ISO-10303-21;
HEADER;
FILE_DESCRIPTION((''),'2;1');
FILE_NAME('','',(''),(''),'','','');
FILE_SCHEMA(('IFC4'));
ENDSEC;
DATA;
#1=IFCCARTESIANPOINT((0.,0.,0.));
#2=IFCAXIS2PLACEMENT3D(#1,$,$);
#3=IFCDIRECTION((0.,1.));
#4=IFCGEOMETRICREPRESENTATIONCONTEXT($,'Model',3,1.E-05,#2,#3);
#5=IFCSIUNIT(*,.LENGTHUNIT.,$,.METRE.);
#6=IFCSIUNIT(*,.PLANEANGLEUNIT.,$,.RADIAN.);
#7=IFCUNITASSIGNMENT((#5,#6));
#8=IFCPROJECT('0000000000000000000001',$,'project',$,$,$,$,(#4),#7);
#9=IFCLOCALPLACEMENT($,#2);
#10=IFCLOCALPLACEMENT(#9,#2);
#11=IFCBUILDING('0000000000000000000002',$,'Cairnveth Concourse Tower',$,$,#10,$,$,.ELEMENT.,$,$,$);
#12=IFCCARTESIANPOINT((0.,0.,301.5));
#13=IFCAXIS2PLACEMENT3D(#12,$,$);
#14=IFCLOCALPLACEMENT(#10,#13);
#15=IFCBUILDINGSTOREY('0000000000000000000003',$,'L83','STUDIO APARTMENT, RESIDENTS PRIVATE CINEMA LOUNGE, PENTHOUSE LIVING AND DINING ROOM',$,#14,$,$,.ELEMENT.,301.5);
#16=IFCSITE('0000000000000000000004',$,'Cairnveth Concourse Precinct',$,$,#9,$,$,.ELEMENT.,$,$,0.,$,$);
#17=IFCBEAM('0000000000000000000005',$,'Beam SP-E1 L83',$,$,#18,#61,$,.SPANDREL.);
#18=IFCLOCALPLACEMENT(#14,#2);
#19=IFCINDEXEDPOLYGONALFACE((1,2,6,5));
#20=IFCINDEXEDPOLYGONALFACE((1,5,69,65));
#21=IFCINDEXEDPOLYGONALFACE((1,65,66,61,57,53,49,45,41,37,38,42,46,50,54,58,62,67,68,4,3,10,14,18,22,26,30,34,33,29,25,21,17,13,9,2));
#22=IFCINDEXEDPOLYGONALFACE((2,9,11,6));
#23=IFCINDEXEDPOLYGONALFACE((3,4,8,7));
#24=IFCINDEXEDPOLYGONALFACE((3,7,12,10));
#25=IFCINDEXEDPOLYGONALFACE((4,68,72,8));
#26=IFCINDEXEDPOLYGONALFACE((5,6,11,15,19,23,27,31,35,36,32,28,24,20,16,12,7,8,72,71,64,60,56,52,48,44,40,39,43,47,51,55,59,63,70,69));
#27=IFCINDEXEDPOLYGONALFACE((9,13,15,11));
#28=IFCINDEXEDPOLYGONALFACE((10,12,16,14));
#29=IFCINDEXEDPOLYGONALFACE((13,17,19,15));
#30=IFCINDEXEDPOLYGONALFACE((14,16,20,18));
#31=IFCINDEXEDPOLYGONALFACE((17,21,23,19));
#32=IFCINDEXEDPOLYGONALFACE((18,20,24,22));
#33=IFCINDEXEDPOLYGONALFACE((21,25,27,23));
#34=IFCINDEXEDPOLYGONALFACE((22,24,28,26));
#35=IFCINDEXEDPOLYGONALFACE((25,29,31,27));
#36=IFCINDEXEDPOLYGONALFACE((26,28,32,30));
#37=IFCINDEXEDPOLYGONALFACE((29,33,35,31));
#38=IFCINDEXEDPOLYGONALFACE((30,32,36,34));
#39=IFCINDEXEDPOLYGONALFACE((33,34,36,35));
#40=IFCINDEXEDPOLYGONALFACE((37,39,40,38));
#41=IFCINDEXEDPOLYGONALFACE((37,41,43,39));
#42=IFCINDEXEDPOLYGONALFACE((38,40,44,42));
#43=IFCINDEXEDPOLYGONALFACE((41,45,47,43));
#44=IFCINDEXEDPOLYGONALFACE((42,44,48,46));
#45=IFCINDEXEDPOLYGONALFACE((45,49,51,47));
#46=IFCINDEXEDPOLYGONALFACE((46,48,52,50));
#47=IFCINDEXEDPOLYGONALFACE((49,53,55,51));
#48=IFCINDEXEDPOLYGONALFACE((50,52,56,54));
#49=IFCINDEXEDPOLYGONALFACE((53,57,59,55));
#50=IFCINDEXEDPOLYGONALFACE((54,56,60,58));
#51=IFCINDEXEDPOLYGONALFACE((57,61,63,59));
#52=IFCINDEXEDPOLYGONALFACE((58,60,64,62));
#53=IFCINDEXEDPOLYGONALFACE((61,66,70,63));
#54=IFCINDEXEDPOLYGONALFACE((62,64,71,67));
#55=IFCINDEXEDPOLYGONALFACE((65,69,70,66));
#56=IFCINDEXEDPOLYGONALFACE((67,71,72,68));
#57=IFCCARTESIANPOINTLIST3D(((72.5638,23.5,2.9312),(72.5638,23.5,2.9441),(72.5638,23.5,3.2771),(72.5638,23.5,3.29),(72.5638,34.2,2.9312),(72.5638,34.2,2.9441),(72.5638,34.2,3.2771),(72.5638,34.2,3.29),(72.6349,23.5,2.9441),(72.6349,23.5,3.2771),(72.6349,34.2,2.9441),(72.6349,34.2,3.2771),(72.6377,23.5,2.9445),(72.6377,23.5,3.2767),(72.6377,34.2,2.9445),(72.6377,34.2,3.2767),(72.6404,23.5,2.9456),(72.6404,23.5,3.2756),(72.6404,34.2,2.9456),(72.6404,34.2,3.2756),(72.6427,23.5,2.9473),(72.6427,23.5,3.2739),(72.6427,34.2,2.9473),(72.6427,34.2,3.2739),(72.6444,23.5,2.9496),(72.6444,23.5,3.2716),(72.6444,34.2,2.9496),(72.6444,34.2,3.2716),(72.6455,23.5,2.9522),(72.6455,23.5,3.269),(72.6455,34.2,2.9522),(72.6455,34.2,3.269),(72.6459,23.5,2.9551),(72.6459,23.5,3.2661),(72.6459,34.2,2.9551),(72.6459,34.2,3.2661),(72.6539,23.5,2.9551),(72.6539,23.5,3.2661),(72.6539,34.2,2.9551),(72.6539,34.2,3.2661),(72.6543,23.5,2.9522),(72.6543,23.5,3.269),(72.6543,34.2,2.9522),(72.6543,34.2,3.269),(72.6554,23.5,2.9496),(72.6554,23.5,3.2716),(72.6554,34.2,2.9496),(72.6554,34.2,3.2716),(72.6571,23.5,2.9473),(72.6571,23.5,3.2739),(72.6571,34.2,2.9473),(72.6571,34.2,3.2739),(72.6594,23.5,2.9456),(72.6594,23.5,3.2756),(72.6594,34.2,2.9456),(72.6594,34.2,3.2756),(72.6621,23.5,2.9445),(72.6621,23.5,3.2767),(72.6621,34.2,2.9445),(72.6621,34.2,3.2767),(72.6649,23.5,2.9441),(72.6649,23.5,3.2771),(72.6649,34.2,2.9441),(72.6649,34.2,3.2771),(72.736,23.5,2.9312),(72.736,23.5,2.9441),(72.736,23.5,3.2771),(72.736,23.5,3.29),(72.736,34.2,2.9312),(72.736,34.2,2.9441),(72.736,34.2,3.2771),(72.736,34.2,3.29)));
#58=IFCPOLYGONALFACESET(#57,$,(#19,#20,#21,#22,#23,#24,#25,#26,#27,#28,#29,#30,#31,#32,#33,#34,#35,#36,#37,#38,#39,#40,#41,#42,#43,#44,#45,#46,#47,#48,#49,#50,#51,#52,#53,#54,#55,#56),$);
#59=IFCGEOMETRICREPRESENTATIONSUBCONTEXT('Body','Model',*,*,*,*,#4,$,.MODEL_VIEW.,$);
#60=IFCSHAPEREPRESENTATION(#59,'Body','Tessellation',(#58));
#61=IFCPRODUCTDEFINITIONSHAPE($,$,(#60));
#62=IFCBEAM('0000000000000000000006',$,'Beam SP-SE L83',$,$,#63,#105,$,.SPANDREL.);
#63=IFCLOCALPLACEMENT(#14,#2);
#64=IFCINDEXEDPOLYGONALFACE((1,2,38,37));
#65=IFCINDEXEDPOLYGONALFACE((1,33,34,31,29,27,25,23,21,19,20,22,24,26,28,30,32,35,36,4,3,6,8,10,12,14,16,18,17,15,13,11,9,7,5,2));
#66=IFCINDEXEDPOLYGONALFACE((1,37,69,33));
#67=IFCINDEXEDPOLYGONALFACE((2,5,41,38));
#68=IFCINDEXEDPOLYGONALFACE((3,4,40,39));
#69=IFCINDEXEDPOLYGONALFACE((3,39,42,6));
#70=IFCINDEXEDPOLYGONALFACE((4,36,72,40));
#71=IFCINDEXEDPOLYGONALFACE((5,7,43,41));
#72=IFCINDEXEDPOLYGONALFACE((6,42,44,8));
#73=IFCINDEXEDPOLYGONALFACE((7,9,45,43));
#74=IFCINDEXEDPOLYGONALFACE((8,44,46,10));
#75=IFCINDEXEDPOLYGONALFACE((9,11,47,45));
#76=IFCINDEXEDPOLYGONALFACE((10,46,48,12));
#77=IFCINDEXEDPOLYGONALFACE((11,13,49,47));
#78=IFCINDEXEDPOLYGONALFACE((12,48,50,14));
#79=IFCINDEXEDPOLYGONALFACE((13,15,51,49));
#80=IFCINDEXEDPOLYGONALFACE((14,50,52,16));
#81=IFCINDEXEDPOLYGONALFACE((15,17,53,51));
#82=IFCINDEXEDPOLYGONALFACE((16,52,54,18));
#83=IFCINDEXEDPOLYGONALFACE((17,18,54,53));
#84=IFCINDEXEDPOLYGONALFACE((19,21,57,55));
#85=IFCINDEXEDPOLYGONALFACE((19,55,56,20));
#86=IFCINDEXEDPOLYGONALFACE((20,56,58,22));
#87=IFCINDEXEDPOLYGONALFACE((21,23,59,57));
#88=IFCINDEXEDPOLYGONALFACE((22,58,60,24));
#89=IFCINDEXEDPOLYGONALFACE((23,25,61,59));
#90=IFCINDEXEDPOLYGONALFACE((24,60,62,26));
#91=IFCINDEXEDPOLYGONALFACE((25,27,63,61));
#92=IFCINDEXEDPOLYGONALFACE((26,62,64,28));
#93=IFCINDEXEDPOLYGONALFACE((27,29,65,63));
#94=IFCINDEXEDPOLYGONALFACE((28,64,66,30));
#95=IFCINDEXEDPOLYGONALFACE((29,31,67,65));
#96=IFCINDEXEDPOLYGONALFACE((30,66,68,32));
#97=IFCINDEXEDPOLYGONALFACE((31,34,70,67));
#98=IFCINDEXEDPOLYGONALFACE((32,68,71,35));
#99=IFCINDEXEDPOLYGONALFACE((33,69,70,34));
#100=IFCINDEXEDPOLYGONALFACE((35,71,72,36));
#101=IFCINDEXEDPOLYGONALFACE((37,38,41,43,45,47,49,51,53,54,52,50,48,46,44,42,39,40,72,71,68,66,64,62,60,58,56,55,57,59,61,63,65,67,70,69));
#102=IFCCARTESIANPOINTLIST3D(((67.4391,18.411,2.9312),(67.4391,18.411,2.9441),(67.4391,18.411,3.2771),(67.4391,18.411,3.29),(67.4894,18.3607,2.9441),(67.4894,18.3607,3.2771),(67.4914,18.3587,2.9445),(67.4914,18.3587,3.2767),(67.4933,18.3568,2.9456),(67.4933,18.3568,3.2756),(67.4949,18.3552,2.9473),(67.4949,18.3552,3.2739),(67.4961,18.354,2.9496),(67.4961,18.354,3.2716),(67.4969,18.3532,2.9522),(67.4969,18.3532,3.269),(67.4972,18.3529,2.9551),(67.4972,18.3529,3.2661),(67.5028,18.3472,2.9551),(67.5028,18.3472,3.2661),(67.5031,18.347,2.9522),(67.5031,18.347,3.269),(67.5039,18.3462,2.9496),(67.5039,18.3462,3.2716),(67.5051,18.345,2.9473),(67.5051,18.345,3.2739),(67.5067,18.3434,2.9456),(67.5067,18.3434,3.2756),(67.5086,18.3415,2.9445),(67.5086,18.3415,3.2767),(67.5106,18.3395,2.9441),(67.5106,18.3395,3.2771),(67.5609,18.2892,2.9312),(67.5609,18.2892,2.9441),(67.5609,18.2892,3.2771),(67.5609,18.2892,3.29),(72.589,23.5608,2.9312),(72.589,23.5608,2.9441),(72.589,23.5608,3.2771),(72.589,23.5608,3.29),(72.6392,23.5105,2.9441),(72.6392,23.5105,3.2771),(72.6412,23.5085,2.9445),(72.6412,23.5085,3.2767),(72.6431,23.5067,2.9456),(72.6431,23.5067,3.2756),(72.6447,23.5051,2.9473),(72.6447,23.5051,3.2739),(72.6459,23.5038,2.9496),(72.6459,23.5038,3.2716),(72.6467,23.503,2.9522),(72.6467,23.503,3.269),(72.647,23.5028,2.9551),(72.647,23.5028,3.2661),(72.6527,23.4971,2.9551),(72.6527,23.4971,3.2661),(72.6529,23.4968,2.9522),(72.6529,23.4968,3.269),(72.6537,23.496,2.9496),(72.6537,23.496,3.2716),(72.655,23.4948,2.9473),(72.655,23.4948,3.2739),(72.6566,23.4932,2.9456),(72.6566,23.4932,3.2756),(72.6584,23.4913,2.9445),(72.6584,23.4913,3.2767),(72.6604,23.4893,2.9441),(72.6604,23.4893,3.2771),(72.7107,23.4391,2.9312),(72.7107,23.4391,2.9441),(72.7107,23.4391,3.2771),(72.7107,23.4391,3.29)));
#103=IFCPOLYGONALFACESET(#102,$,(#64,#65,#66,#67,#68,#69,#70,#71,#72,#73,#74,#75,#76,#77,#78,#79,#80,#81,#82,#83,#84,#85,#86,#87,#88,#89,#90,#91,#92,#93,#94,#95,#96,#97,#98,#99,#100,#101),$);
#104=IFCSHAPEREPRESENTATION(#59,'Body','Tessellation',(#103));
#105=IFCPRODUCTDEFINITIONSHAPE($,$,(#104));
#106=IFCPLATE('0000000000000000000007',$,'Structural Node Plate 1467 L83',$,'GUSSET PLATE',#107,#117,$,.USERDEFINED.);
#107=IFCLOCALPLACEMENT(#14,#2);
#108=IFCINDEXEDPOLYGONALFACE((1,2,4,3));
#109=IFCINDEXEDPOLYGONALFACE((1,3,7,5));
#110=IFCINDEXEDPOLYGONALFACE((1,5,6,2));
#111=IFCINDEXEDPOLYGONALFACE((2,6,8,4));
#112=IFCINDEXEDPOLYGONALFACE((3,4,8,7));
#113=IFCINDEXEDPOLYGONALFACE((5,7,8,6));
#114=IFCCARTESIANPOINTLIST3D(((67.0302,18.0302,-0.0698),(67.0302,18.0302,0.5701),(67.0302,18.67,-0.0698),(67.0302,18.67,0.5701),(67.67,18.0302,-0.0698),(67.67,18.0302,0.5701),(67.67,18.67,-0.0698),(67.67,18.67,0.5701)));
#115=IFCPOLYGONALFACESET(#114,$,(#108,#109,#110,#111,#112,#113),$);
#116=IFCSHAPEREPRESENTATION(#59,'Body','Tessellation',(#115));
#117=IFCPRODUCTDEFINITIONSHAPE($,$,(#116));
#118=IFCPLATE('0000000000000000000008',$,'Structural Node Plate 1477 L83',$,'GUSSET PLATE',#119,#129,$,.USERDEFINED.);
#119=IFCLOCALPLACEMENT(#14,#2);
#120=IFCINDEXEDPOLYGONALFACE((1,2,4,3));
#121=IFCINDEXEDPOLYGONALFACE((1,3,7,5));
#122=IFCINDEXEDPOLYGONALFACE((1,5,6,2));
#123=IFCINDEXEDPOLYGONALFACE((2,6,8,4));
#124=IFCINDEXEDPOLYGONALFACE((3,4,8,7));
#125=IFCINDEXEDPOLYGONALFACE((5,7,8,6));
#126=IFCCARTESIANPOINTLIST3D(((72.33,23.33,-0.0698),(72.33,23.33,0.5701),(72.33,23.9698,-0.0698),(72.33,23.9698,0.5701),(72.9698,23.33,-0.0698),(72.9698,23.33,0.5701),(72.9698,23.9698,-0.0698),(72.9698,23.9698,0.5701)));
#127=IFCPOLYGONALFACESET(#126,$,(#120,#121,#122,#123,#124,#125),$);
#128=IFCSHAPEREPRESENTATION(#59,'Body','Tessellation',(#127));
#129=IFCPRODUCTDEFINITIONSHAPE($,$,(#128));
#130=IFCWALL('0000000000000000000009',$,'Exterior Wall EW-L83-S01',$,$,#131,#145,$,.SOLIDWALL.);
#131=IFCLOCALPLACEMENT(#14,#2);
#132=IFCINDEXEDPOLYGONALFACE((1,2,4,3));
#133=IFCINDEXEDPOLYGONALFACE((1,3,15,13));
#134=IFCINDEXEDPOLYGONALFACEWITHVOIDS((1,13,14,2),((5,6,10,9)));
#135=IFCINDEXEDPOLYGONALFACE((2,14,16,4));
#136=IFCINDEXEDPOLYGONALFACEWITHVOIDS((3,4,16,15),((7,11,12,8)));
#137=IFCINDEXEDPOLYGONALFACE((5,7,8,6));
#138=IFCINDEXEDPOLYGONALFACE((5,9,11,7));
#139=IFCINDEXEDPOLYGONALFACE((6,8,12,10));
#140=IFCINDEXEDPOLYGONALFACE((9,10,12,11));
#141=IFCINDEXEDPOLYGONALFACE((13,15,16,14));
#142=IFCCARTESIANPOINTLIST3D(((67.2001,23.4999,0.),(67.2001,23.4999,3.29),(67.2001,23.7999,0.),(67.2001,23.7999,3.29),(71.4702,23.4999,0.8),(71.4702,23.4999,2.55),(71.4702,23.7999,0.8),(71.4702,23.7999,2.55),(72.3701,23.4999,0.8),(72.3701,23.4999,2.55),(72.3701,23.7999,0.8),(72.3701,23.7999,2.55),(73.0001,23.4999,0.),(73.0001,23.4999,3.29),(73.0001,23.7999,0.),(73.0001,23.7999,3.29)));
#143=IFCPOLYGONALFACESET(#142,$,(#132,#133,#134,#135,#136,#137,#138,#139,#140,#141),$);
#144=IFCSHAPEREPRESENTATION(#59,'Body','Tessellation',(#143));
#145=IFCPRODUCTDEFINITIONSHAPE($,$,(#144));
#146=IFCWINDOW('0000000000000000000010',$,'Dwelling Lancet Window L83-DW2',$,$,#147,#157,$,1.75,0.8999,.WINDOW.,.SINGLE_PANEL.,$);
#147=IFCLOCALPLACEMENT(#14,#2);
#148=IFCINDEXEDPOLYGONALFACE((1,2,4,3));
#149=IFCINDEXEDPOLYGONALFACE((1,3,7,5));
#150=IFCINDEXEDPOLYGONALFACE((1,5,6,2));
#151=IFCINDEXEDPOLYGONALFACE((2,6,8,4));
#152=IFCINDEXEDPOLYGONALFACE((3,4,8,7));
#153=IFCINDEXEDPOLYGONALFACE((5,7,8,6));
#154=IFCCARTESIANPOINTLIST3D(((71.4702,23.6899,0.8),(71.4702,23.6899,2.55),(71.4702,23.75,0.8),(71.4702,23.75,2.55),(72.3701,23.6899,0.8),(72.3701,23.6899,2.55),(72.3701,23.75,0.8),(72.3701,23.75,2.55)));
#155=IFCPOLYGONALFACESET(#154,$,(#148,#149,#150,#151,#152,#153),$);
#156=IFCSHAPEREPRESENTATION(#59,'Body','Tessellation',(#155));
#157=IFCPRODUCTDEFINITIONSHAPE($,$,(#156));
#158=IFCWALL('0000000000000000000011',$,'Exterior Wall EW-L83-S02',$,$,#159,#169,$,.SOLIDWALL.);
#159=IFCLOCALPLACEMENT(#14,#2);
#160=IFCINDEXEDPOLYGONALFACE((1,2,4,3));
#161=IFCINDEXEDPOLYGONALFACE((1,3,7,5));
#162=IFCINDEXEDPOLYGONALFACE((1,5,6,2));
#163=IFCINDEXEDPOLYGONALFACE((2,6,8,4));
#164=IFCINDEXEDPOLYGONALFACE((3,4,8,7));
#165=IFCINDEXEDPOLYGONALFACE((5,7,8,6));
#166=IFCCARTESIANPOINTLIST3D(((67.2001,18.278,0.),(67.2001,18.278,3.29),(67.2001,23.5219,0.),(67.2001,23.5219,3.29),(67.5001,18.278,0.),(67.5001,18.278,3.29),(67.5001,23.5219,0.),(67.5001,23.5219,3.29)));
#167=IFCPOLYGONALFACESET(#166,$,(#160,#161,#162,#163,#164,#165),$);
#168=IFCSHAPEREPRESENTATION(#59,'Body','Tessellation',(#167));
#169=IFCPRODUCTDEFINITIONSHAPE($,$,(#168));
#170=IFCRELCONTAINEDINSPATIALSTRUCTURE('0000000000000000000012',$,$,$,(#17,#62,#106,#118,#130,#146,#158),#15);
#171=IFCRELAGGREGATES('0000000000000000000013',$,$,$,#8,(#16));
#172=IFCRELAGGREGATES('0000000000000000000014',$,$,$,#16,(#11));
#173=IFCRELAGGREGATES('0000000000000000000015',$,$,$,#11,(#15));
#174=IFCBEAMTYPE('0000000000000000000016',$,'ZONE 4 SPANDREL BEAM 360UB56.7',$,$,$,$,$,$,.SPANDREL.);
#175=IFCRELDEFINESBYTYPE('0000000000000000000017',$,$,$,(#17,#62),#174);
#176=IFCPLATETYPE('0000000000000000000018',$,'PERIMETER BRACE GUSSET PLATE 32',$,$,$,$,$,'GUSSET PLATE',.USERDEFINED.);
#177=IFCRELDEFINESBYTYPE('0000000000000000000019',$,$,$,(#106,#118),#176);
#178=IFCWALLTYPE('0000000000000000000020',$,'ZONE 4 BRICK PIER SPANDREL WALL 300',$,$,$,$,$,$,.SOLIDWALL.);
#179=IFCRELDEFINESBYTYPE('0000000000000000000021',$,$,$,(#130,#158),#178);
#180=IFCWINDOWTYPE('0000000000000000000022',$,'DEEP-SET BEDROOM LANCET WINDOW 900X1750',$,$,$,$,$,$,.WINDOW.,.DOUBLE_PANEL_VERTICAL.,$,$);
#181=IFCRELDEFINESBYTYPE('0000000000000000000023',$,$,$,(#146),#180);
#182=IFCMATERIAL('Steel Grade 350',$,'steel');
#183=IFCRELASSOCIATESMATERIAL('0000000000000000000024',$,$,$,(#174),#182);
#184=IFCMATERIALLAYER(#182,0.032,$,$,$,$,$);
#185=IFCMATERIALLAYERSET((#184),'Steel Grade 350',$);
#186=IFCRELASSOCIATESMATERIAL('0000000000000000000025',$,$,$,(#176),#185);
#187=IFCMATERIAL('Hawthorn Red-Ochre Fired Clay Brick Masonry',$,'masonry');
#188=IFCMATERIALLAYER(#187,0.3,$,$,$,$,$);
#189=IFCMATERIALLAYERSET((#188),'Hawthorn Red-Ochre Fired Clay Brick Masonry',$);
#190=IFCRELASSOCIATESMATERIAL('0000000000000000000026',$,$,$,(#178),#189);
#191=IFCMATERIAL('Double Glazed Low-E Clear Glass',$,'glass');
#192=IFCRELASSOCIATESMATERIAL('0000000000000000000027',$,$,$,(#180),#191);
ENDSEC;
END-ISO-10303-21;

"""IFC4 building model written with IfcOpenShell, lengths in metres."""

from ifc_helpers import new_model, si_unit, direction, frame, frame_2d, origin, origin_2d, place, context, subcontext, project, spatial, rectangle, i_section, extrude, material, layer, layer_set, material_profile, profile_set, type_object, element, fill, save


model = new_model("IFC4")

# Units and contexts
model_context = context("Model", 3, precision=1e-05, world=origin(), true_north=direction((0.0, 1.0)))
body_context = subcontext(model_context, "Body", "Model", "MODEL_VIEW")
ifc_project = project(units=[si_unit("LENGTHUNIT", "METRE"), si_unit("PLANEANGLEUNIT", "RADIAN")], contexts=[model_context])

# Site, building, storey
site_placement = place(None, origin())
site = spatial("IfcSite", under=ifc_project, at=site_placement, Name="Cairnveth Concourse Precinct", CompositionType="ELEMENT", RefElevation=0.0)
building_placement = place(site_placement, origin())
building = spatial("IfcBuilding", under=site, at=building_placement, Name="Cairnveth Concourse Tower", CompositionType="ELEMENT")
storey_placement = place(building_placement, frame((0.0, 0.0, 301.5)))
storey = spatial("IfcBuildingStorey", under=building, at=storey_placement, Name="L83", Description="STUDIO APARTMENT, RESIDENTS PRIVATE CINEMA LOUNGE, PENTHOUSE LIVING AND DINING ROOM", CompositionType="ELEMENT", Elevation=301.5)

# Shared definitions
ifc_material_1 = material(Name="Steel Grade 350", Category="steel")

# Beams
ifc_material_profile_1 = material_profile(ifc_material_1, i_section(OverallWidth=0.1721, OverallDepth=0.3589, WebThickness=0.0081, FlangeThickness=0.0129, FilletRadius=0.011, at=origin_2d()), Name="360UB56.7")
ifc_profile_set_1 = profile_set([ifc_material_profile_1], Name="Steel Grade 350")
beam_type_1 = type_object("IfcBeamType", Name="ZONE 4 SPANDREL BEAM 360UB56.7", PredefinedType="SPANDREL", material=ifc_profile_set_1)
beam_1_placement = place(storey_placement, frame((72.6499, 23.5, 3.1106), z_axis=(0.0, 1.0, 0.0), x_axis=(-1.0, 0.0, 0.0)))
element("IfcBeam", 1, at=beam_1_placement, inside=storey, type_object=beam_type_1, Name="Beam SP-E1 L83", PredefinedType="SPANDREL", context=body_context, shape_type="SweptSolid", body=[
    extrude(i_section(OverallWidth=0.1721, OverallDepth=0.3589, WebThickness=0.0081, FlangeThickness=0.0129, FilletRadius=0.011, at=origin_2d()), origin(), (0.0, 0.0, 1.0), 10.7),
])
beam_2_placement = place(storey_placement, frame((67.5, 18.3501, 3.1106), z_axis=(0.707107, 0.707107, 0.0), x_axis=(-0.707107, 0.707107, 0.0)))
element("IfcBeam", 2, at=beam_2_placement, inside=storey, type_object=beam_type_1, Name="Beam SP-SE L83", PredefinedType="SPANDREL", context=body_context, shape_type="SweptSolid", body=[
    extrude(i_section(OverallWidth=0.1721, OverallDepth=0.3589, WebThickness=0.0081, FlangeThickness=0.0129, FilletRadius=0.011, at=origin_2d()), origin(), (0.0, 0.0, 1.0), 7.283),
])

# Plates
ifc_layer_1 = layer(ifc_material_1, 0.032)
ifc_layer_set_1 = layer_set([ifc_layer_1], Name="Steel Grade 350")
plate_type = type_object("IfcPlateType", Name="PERIMETER BRACE GUSSET PLATE 32", ElementType="GUSSET PLATE", PredefinedType="USERDEFINED", material=ifc_layer_set_1)
for number, where, z_axis, x_axis, name in (
    (3, (67.3501, 18.3501, -0.0698), (0.0, 0.0, 1.0), (1.0, 0.0, 0.0), "Structural Node Plate 1467 L83"),
    (4, (72.6499, 23.6499, -0.0698), (0.0, 0.0, 1.0), (1.0, 0.0, 0.0), "Structural Node Plate 1477 L83"),
):
    element("IfcPlate", number, at=place(storey_placement, frame(where, z_axis=z_axis, x_axis=x_axis)), inside=storey, type_object=plate_type, Name=name, ObjectType="GUSSET PLATE", PredefinedType="USERDEFINED", context=body_context, shape_type="SweptSolid", body=[
        extrude(rectangle(XDim=0.6399, YDim=0.6399, at=origin_2d()), origin(), (0.0, 0.0, 1.0), 0.6399),
    ])

# Wall, opening, window
ifc_material_2 = material(Name="Hawthorn Red-Ochre Fired Clay Brick Masonry", Category="masonry")
ifc_layer_2 = layer(ifc_material_2, 0.3)
ifc_layer_set_2 = layer_set([ifc_layer_2], Name="Hawthorn Red-Ochre Fired Clay Brick Masonry")
wall_type = type_object("IfcWallType", Name="ZONE 4 BRICK PIER SPANDREL WALL 300", PredefinedType="SOLIDWALL", material=ifc_layer_set_2)
wall_1_placement = place(storey_placement, frame((73.0, 23.6499, 0.0), z_axis=(0.0, 0.0, 1.0), x_axis=(-1.0, 0.0, 0.0)))
wall_1 = element("IfcWall", 5, at=wall_1_placement, inside=storey, type_object=wall_type, Name="Exterior Wall EW-L83-S01", PredefinedType="SOLIDWALL", context=body_context, shape_type="SweptSolid", body=[
    extrude(rectangle(XDim=5.8, YDim=0.3, at=frame_2d((2.8999, 0.0))), origin(), (0.0, 0.0, 1.0), 3.29),
])
opening_1_placement = place(wall_1_placement, frame((0.6299, 0.0, 0.8)))
opening_1 = element("IfcOpeningElement", 6, at=opening_1_placement, cuts=wall_1, PredefinedType="OPENING", context=body_context, shape_type="SweptSolid", body=[
    extrude(rectangle(XDim=0.8999, YDim=1.75, at=frame_2d((0.45, 0.875))), frame((0.0, 0.1599, 0.0), z_axis=(0.0, -1.0, 0.0), x_axis=(1.0, 0.0, 0.0)), (0.0, 0.0, 1.0), 0.3201),
])
ifc_material_3 = material(Name="Double Glazed Low-E Clear Glass", Category="glass")
window_type_1 = type_object("IfcWindowType", Name="DEEP-SET BEDROOM LANCET WINDOW 900X1750", PartitioningType="DOUBLE_PANEL_VERTICAL", PredefinedType="WINDOW", material=ifc_material_3)
window_1_placement = place(opening_1_placement, origin())
window_1 = element("IfcWindow", 7, at=window_1_placement, inside=storey, type_object=window_type_1, Name="Dwelling Lancet Window L83-DW2", OverallHeight=1.75, OverallWidth=0.8999, PartitioningType="SINGLE_PANEL", PredefinedType="WINDOW", context=body_context, shape_type="SweptSolid", body=[
    extrude(rectangle(XDim=0.8999, YDim=1.75, at=frame_2d((0.45, 0.875))), frame((0.0, -0.04, 0.0), z_axis=(0.0, -1.0, 0.0), x_axis=(1.0, 0.0, 0.0)), (0.0, 0.0, 1.0), 0.0601),
])
fill(opening_1, window_1)

# Wall
wall_2_placement = place(storey_placement, frame((67.3501, 23.522, 0.0), z_axis=(0.0, 0.0, 1.0), x_axis=(0.0, -1.0, 0.0)))
element("IfcWall", 8, at=wall_2_placement, inside=storey, type_object=wall_type, Name="Exterior Wall EW-L83-S02", PredefinedType="SOLIDWALL", context=body_context, shape_type="SweptSolid", body=[
    extrude(rectangle(XDim=5.2439, YDim=0.3, at=frame_2d((2.6221, 0.0))), origin(), (0.0, 0.0, 1.0), 3.29),
])

save(model, "model.ifc")
